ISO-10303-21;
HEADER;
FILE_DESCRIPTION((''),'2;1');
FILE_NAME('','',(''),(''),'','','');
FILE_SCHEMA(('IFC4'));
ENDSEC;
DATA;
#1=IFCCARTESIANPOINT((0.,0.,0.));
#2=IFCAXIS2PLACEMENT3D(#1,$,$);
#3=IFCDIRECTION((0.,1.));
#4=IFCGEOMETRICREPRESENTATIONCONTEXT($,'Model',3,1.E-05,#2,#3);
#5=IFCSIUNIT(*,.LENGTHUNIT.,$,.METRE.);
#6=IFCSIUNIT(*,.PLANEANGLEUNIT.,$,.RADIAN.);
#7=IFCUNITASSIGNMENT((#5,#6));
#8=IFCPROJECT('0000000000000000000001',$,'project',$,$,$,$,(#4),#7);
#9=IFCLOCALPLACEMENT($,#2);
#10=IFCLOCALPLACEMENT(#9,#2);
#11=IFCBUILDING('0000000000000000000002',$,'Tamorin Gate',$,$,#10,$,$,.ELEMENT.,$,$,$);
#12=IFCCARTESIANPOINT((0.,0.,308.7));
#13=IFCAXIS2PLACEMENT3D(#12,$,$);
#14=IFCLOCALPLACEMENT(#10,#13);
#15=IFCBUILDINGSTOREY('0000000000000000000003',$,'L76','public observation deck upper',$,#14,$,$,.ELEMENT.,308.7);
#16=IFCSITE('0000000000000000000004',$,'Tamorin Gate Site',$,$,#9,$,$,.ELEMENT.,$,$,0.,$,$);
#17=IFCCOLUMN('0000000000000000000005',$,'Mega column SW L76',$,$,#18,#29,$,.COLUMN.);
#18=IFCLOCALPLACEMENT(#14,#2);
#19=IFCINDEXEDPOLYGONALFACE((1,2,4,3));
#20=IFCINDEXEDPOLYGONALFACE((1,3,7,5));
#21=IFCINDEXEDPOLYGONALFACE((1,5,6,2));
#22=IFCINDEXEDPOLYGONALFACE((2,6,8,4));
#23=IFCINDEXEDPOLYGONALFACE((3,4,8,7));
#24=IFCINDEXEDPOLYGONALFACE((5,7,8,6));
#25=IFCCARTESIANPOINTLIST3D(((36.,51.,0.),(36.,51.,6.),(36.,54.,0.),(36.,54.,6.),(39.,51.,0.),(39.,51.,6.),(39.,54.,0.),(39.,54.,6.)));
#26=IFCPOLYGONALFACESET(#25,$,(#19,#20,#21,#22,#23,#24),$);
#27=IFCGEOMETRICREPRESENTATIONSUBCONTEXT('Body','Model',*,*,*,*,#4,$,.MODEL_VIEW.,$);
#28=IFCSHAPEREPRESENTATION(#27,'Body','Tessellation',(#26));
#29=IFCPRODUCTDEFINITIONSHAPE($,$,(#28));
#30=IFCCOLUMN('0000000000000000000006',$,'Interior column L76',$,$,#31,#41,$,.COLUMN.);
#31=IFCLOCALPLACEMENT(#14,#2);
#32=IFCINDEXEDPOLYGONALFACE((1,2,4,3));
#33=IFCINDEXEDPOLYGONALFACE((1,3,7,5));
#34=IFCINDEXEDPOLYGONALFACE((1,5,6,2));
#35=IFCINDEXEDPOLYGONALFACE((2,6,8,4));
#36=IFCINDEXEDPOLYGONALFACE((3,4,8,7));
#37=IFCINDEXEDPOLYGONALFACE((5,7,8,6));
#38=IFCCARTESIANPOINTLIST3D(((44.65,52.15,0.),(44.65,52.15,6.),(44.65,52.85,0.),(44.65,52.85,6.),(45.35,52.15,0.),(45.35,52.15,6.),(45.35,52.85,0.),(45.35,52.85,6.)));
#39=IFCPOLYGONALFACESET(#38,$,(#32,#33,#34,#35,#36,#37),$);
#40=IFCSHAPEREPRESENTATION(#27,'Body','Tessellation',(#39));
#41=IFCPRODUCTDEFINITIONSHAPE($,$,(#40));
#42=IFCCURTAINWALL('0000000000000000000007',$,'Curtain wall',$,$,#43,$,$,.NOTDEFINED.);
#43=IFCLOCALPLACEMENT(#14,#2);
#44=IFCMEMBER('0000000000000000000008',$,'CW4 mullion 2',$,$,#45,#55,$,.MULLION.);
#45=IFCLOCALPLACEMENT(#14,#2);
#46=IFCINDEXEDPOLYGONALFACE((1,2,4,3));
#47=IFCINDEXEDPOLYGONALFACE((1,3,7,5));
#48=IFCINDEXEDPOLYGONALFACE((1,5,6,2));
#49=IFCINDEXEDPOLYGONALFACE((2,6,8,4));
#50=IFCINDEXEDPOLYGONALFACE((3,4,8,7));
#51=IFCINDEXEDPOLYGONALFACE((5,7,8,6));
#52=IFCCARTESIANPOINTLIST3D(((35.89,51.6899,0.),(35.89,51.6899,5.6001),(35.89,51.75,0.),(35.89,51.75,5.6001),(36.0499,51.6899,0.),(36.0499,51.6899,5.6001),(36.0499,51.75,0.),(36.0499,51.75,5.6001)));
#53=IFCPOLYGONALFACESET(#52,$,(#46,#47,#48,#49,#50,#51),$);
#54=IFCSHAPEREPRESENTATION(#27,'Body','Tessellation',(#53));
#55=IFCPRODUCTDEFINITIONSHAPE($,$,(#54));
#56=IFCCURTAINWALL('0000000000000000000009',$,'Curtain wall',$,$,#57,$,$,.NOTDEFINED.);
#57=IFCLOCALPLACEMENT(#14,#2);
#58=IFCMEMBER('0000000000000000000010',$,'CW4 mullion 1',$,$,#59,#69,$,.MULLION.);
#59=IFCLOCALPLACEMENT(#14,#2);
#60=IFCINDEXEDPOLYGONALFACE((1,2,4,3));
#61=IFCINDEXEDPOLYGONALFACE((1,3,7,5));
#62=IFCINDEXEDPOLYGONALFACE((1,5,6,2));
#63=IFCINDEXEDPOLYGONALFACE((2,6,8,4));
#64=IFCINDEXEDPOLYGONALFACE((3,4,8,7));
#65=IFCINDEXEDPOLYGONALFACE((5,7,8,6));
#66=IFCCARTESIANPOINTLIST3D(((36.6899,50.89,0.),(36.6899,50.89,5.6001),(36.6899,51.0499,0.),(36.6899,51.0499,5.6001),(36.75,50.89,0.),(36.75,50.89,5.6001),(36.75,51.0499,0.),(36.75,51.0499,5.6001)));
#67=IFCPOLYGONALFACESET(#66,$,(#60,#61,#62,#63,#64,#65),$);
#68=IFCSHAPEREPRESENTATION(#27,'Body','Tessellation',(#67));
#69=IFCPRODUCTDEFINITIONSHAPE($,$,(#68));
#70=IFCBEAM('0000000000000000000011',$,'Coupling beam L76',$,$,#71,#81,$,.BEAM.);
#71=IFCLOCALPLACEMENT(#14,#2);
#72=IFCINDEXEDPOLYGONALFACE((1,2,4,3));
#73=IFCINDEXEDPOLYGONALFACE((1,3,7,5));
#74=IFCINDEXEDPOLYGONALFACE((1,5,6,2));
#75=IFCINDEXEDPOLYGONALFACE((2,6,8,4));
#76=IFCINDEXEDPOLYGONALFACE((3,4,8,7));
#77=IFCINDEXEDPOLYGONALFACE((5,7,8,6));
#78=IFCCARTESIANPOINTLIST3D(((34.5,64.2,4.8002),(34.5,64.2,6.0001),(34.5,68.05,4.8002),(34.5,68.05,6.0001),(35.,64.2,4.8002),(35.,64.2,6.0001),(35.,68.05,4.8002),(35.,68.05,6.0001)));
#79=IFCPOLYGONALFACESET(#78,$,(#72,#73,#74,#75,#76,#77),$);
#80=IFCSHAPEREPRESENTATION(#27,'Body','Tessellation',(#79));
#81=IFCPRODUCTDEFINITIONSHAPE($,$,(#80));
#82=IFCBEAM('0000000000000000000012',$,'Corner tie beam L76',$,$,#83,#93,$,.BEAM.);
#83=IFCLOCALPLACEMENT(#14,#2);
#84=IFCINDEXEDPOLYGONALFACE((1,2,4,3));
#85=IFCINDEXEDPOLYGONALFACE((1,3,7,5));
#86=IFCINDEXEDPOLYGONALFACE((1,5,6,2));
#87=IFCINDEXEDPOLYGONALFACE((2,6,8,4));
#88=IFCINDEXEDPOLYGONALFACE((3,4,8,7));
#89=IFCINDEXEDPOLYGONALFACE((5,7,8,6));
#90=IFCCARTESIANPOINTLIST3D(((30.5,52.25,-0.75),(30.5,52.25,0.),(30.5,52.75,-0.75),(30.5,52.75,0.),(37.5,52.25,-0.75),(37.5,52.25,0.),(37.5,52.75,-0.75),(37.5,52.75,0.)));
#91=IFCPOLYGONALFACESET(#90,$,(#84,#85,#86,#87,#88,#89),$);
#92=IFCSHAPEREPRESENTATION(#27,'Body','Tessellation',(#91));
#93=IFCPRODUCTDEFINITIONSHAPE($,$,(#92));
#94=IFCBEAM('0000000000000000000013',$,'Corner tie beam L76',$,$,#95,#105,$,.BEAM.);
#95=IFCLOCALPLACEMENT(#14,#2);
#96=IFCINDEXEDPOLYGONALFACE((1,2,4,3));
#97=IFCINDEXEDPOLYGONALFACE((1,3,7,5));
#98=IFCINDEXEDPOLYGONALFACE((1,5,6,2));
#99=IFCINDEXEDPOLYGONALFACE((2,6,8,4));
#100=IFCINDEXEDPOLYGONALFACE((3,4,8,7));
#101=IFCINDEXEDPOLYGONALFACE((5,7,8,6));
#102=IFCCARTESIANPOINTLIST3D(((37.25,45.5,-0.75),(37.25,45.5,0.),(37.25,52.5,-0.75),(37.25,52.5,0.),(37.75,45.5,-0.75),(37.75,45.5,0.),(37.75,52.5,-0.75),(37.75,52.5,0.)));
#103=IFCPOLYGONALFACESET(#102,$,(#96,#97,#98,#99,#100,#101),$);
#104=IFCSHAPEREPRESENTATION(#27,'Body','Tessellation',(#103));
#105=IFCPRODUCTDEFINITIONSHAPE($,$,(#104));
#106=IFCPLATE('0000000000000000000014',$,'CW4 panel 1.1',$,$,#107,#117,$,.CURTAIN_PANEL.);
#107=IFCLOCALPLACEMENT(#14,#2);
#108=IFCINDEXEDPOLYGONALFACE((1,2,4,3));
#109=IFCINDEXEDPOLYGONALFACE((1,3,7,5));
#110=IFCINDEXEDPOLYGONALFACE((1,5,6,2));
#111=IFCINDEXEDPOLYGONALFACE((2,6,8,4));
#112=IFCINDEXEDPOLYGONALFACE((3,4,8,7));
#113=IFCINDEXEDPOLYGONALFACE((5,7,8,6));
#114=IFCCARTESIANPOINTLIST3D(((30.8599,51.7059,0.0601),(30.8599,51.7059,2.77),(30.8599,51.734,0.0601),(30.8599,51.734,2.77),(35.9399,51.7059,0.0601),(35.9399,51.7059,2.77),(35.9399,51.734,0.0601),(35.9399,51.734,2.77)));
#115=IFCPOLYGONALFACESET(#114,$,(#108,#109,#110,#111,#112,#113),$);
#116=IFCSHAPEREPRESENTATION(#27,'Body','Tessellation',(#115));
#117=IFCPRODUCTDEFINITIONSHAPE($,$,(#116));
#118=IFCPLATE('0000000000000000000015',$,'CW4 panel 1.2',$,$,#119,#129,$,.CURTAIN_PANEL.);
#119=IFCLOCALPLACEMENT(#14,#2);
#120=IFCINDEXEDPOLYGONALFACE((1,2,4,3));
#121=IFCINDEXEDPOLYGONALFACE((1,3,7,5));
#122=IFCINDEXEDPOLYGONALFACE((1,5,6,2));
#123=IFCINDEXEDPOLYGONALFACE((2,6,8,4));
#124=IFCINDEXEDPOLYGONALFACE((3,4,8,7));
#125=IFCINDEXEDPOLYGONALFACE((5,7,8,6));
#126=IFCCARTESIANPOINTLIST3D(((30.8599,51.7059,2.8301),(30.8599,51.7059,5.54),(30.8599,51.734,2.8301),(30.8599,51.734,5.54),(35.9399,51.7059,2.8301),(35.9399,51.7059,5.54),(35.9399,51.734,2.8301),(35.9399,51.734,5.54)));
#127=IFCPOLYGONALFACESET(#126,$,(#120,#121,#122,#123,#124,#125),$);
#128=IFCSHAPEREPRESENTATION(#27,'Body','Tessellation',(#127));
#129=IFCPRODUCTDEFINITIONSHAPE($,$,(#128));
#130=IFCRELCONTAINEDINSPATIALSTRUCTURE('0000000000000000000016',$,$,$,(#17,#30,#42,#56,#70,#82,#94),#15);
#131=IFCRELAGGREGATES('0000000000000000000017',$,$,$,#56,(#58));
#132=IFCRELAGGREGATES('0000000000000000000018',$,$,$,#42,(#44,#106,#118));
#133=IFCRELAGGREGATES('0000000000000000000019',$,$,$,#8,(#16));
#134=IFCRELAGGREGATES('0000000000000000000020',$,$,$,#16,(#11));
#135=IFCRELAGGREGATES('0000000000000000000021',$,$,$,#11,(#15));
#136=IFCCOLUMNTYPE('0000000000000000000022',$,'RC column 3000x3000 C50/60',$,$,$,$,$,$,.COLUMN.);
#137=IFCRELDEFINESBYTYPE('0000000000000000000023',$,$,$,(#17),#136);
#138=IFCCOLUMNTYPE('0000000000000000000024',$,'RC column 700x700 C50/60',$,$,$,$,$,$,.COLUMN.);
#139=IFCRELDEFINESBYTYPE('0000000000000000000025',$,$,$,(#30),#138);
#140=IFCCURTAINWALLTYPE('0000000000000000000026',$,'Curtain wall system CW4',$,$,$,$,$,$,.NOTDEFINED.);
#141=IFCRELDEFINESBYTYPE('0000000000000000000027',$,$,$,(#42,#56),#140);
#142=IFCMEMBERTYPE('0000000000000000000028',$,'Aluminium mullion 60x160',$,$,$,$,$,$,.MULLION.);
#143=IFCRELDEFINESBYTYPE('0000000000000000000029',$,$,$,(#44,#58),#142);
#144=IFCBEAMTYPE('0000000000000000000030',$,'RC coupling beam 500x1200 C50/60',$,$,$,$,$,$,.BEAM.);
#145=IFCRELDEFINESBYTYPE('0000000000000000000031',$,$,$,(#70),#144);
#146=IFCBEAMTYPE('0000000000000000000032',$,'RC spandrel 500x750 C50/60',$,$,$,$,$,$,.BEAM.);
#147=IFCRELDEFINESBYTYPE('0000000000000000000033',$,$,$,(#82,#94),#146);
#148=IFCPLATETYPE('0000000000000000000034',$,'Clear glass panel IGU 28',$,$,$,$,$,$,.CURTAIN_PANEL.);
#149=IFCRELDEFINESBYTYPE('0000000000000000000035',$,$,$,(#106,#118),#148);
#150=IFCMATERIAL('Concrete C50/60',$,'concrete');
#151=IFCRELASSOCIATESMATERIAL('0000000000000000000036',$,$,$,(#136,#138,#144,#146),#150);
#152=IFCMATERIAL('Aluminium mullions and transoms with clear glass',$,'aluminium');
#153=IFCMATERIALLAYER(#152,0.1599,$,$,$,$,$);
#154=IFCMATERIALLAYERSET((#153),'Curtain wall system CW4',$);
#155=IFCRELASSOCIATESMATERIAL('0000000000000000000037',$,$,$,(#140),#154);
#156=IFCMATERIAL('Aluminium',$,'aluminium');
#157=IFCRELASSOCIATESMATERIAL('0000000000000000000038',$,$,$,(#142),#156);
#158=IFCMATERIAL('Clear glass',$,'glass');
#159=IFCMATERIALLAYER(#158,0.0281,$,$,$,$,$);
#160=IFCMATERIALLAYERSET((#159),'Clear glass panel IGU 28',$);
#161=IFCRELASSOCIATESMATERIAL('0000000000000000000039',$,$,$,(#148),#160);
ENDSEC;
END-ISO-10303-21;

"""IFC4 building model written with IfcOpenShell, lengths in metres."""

from ifc_helpers import new_model, si_unit, direction, frame, origin, origin_2d, place, context, subcontext, project, spatial, rectangle, extrude, material, layer, layer_set, material_profile, profile_set, type_object, element, aggregate, save


model = new_model("IFC4")

# Units and contexts
model_context = context("Model", 3, precision=1e-05, world=origin(), true_north=direction((0.0, 1.0)))
body_context = subcontext(model_context, "Body", "Model", "MODEL_VIEW")
ifc_project = project(units=[si_unit("LENGTHUNIT", "METRE"), si_unit("PLANEANGLEUNIT", "RADIAN")], contexts=[model_context])

# Site, building, storey
site_placement = place(None, origin())
site = spatial("IfcSite", under=ifc_project, at=site_placement, Name="Tamorin Gate Site", CompositionType="ELEMENT", RefElevation=0.0)
building_placement = place(site_placement, origin())
building = spatial("IfcBuilding", under=site, at=building_placement, Name="Tamorin Gate", CompositionType="ELEMENT")
storey_placement = place(building_placement, frame((0.0, 0.0, 308.7)))
storey = spatial("IfcBuildingStorey", under=building, at=storey_placement, Name="L76", Description="public observation deck upper", CompositionType="ELEMENT", Elevation=308.7)

# Columns
ifc_material_1 = material(Name="Concrete C50/60", Category="concrete")
ifc_material_profile_1 = material_profile(ifc_material_1, rectangle(XDim=3.0, YDim=3.0, at=origin_2d()), Name="RC 3000x3000")
ifc_profile_set_1 = profile_set([ifc_material_profile_1], Name="Concrete C50/60")
column_type_1 = type_object("IfcColumnType", Name="RC column 3000x3000 C50/60", PredefinedType="COLUMN", material=ifc_profile_set_1)
column_1_placement = place(storey_placement, frame((37.5, 52.5, 0.0), z_axis=(0.0, 0.0, 1.0), x_axis=(1.0, 0.0, 0.0)))
element("IfcColumn", 1, at=column_1_placement, inside=storey, type_object=column_type_1, Name="Mega column SW L76", PredefinedType="COLUMN", context=body_context, shape_type="SweptSolid", body=[
    extrude(rectangle(XDim=3.0, YDim=3.0, at=origin_2d()), origin(), (0.0, 0.0, 1.0), 6.0),
])
ifc_material_profile_2 = material_profile(ifc_material_1, rectangle(XDim=0.7, YDim=0.7, at=origin_2d()), Name="RC 700x700")
ifc_profile_set_2 = profile_set([ifc_material_profile_2], Name="Concrete C50/60")
column_type_2 = type_object("IfcColumnType", Name="RC column 700x700 C50/60", PredefinedType="COLUMN", material=ifc_profile_set_2)
column_2_placement = place(storey_placement, frame((45.0, 52.5, 0.0), z_axis=(0.0, 0.0, 1.0), x_axis=(1.0, 0.0, 0.0)))
element("IfcColumn", 2, at=column_2_placement, inside=storey, type_object=column_type_2, Name="Interior column L76", PredefinedType="COLUMN", context=body_context, shape_type="SweptSolid", body=[
    extrude(rectangle(XDim=0.7, YDim=0.7, at=origin_2d()), origin(), (0.0, 0.0, 1.0), 6.0),
])

# Curtain walls, members
ifc_material_2 = material(Name="Aluminium mullions and transoms with clear glass", Category="aluminium")
ifc_layer_1 = layer(ifc_material_2, 0.1599)
ifc_layer_set_1 = layer_set([ifc_layer_1], Name="Curtain wall system CW4")
curtain_wall_type = type_object("IfcCurtainWallType", Name="Curtain wall system CW4", PredefinedType="NOTDEFINED", material=ifc_layer_set_1)
curtain_wall_1_placement = place(storey_placement, origin())
curtain_wall_1 = element("IfcCurtainWall", 3, at=curtain_wall_1_placement, inside=storey, type_object=curtain_wall_type, Name="Curtain wall", PredefinedType="NOTDEFINED")
ifc_material_3 = material(Name="Aluminium", Category="aluminium")
ifc_material_profile_3 = material_profile(ifc_material_3, rectangle(XDim=0.0601, YDim=0.1599, at=origin_2d()), Name="RECT 60x160")
ifc_profile_set_3 = profile_set([ifc_material_profile_3], Name="Aluminium")
member_type = type_object("IfcMemberType", Name="Aluminium mullion 60x160", PredefinedType="MULLION", material=ifc_profile_set_3)
member_1_placement = place(storey_placement, frame((35.97, 51.72, 0.0), z_axis=(0.0, 0.0, 1.0), x_axis=(0.0, 1.0, 0.0)))
member_1 = element("IfcMember", 4, at=member_1_placement, type_object=member_type, Name="CW4 mullion 2", PredefinedType="MULLION", context=body_context, shape_type="SweptSolid", body=[
    extrude(rectangle(XDim=0.0601, YDim=0.1599, at=origin_2d()), origin(), (0.0, 0.0, 1.0), 5.6001),
])
curtain_wall_2_placement = place(storey_placement, origin())
curtain_wall_2 = element("IfcCurtainWall", 5, at=curtain_wall_2_placement, inside=storey, type_object=curtain_wall_type, Name="Curtain wall", PredefinedType="NOTDEFINED")
member_2_placement = place(storey_placement, frame((36.72, 50.97, 0.0), z_axis=(0.0, 0.0, 1.0), x_axis=(1.0, 0.0, 0.0)))
member_2 = element("IfcMember", 6, at=member_2_placement, type_object=member_type, Name="CW4 mullion 1", PredefinedType="MULLION", context=body_context, shape_type="SweptSolid", body=[
    extrude(rectangle(XDim=0.0601, YDim=0.1599, at=origin_2d()), origin(), (0.0, 0.0, 1.0), 5.6001),
])
aggregate(curtain_wall_2, [member_2])

# Beams
ifc_material_profile_4 = material_profile(ifc_material_1, rectangle(XDim=0.5, YDim=1.2, at=origin_2d()), Name="RC 500x1200")
ifc_profile_set_4 = profile_set([ifc_material_profile_4], Name="Concrete C50/60")
beam_type_1 = type_object("IfcBeamType", Name="RC coupling beam 500x1200 C50/60", PredefinedType="BEAM", material=ifc_profile_set_4)
beam_placement = place(storey_placement, frame((34.75, 64.2, 5.4001), z_axis=(0.0, 1.0, 0.0), x_axis=(-1.0, 0.0, 0.0)))
element("IfcBeam", 7, at=beam_placement, inside=storey, type_object=beam_type_1, Name="Coupling beam L76", PredefinedType="BEAM", context=body_context, shape_type="SweptSolid", body=[
    extrude(rectangle(XDim=0.5, YDim=1.2, at=origin_2d()), origin(), (0.0, 0.0, 1.0), 3.8501),
])
ifc_material_profile_5 = material_profile(ifc_material_1, rectangle(XDim=0.5, YDim=0.75, at=origin_2d()), Name="RC 500x750")
ifc_profile_set_5 = profile_set([ifc_material_profile_5], Name="Concrete C50/60")
beam_type_2 = type_object("IfcBeamType", Name="RC spandrel 500x750 C50/60", PredefinedType="BEAM", material=ifc_profile_set_5)
for number, where, z_axis, x_axis, name in (
    (8, (37.5, 52.5, -0.375), (-1.0, 0.0, 0.0), (0.0, -1.0, 0.0), "Corner tie beam L76"),
    (9, (37.5, 52.5, -0.375), (0.0, -1.0, 0.0), (1.0, 0.0, 0.0), "Corner tie beam L76"),
):
    element("IfcBeam", number, at=place(storey_placement, frame(where, z_axis=z_axis, x_axis=x_axis)), inside=storey, type_object=beam_type_2, Name=name, PredefinedType="BEAM", context=body_context, shape_type="SweptSolid", body=[
        extrude(rectangle(XDim=0.5, YDim=0.75, at=origin_2d()), origin(), (0.0, 0.0, 1.0), 7.0),
    ])

# Plates
ifc_material_4 = material(Name="Clear glass", Category="glass")
ifc_layer_2 = layer(ifc_material_4, 0.0281)
ifc_layer_set_2 = layer_set([ifc_layer_2], Name="Clear glass panel IGU 28")
plate_type = type_object("IfcPlateType", Name="Clear glass panel IGU 28", PredefinedType="CURTAIN_PANEL", material=ifc_layer_set_2)
plate_1_placement = place(storey_placement, frame((33.3999, 51.72, 0.0601), z_axis=(0.0, 0.0, 1.0), x_axis=(1.0, 0.0, 0.0)))
plate_1 = element("IfcPlate", 10, at=plate_1_placement, type_object=plate_type, Name="CW4 panel 1.1", PredefinedType="CURTAIN_PANEL", context=body_context, shape_type="SweptSolid", body=[
    extrude(rectangle(XDim=5.0801, YDim=0.0281, at=origin_2d()), origin(), (0.0, 0.0, 1.0), 2.71),
])
plate_2_placement = place(storey_placement, frame((33.3999, 51.72, 2.8301), z_axis=(0.0, 0.0, 1.0), x_axis=(1.0, 0.0, 0.0)))
plate_2 = element("IfcPlate", 11, at=plate_2_placement, type_object=plate_type, Name="CW4 panel 1.2", PredefinedType="CURTAIN_PANEL", context=body_context, shape_type="SweptSolid", body=[
    extrude(rectangle(XDim=5.0801, YDim=0.0281, at=origin_2d()), origin(), (0.0, 0.0, 1.0), 2.71),
])
aggregate(curtain_wall_1, [member_1, plate_1, plate_2])

save(model, "model.ifc")
